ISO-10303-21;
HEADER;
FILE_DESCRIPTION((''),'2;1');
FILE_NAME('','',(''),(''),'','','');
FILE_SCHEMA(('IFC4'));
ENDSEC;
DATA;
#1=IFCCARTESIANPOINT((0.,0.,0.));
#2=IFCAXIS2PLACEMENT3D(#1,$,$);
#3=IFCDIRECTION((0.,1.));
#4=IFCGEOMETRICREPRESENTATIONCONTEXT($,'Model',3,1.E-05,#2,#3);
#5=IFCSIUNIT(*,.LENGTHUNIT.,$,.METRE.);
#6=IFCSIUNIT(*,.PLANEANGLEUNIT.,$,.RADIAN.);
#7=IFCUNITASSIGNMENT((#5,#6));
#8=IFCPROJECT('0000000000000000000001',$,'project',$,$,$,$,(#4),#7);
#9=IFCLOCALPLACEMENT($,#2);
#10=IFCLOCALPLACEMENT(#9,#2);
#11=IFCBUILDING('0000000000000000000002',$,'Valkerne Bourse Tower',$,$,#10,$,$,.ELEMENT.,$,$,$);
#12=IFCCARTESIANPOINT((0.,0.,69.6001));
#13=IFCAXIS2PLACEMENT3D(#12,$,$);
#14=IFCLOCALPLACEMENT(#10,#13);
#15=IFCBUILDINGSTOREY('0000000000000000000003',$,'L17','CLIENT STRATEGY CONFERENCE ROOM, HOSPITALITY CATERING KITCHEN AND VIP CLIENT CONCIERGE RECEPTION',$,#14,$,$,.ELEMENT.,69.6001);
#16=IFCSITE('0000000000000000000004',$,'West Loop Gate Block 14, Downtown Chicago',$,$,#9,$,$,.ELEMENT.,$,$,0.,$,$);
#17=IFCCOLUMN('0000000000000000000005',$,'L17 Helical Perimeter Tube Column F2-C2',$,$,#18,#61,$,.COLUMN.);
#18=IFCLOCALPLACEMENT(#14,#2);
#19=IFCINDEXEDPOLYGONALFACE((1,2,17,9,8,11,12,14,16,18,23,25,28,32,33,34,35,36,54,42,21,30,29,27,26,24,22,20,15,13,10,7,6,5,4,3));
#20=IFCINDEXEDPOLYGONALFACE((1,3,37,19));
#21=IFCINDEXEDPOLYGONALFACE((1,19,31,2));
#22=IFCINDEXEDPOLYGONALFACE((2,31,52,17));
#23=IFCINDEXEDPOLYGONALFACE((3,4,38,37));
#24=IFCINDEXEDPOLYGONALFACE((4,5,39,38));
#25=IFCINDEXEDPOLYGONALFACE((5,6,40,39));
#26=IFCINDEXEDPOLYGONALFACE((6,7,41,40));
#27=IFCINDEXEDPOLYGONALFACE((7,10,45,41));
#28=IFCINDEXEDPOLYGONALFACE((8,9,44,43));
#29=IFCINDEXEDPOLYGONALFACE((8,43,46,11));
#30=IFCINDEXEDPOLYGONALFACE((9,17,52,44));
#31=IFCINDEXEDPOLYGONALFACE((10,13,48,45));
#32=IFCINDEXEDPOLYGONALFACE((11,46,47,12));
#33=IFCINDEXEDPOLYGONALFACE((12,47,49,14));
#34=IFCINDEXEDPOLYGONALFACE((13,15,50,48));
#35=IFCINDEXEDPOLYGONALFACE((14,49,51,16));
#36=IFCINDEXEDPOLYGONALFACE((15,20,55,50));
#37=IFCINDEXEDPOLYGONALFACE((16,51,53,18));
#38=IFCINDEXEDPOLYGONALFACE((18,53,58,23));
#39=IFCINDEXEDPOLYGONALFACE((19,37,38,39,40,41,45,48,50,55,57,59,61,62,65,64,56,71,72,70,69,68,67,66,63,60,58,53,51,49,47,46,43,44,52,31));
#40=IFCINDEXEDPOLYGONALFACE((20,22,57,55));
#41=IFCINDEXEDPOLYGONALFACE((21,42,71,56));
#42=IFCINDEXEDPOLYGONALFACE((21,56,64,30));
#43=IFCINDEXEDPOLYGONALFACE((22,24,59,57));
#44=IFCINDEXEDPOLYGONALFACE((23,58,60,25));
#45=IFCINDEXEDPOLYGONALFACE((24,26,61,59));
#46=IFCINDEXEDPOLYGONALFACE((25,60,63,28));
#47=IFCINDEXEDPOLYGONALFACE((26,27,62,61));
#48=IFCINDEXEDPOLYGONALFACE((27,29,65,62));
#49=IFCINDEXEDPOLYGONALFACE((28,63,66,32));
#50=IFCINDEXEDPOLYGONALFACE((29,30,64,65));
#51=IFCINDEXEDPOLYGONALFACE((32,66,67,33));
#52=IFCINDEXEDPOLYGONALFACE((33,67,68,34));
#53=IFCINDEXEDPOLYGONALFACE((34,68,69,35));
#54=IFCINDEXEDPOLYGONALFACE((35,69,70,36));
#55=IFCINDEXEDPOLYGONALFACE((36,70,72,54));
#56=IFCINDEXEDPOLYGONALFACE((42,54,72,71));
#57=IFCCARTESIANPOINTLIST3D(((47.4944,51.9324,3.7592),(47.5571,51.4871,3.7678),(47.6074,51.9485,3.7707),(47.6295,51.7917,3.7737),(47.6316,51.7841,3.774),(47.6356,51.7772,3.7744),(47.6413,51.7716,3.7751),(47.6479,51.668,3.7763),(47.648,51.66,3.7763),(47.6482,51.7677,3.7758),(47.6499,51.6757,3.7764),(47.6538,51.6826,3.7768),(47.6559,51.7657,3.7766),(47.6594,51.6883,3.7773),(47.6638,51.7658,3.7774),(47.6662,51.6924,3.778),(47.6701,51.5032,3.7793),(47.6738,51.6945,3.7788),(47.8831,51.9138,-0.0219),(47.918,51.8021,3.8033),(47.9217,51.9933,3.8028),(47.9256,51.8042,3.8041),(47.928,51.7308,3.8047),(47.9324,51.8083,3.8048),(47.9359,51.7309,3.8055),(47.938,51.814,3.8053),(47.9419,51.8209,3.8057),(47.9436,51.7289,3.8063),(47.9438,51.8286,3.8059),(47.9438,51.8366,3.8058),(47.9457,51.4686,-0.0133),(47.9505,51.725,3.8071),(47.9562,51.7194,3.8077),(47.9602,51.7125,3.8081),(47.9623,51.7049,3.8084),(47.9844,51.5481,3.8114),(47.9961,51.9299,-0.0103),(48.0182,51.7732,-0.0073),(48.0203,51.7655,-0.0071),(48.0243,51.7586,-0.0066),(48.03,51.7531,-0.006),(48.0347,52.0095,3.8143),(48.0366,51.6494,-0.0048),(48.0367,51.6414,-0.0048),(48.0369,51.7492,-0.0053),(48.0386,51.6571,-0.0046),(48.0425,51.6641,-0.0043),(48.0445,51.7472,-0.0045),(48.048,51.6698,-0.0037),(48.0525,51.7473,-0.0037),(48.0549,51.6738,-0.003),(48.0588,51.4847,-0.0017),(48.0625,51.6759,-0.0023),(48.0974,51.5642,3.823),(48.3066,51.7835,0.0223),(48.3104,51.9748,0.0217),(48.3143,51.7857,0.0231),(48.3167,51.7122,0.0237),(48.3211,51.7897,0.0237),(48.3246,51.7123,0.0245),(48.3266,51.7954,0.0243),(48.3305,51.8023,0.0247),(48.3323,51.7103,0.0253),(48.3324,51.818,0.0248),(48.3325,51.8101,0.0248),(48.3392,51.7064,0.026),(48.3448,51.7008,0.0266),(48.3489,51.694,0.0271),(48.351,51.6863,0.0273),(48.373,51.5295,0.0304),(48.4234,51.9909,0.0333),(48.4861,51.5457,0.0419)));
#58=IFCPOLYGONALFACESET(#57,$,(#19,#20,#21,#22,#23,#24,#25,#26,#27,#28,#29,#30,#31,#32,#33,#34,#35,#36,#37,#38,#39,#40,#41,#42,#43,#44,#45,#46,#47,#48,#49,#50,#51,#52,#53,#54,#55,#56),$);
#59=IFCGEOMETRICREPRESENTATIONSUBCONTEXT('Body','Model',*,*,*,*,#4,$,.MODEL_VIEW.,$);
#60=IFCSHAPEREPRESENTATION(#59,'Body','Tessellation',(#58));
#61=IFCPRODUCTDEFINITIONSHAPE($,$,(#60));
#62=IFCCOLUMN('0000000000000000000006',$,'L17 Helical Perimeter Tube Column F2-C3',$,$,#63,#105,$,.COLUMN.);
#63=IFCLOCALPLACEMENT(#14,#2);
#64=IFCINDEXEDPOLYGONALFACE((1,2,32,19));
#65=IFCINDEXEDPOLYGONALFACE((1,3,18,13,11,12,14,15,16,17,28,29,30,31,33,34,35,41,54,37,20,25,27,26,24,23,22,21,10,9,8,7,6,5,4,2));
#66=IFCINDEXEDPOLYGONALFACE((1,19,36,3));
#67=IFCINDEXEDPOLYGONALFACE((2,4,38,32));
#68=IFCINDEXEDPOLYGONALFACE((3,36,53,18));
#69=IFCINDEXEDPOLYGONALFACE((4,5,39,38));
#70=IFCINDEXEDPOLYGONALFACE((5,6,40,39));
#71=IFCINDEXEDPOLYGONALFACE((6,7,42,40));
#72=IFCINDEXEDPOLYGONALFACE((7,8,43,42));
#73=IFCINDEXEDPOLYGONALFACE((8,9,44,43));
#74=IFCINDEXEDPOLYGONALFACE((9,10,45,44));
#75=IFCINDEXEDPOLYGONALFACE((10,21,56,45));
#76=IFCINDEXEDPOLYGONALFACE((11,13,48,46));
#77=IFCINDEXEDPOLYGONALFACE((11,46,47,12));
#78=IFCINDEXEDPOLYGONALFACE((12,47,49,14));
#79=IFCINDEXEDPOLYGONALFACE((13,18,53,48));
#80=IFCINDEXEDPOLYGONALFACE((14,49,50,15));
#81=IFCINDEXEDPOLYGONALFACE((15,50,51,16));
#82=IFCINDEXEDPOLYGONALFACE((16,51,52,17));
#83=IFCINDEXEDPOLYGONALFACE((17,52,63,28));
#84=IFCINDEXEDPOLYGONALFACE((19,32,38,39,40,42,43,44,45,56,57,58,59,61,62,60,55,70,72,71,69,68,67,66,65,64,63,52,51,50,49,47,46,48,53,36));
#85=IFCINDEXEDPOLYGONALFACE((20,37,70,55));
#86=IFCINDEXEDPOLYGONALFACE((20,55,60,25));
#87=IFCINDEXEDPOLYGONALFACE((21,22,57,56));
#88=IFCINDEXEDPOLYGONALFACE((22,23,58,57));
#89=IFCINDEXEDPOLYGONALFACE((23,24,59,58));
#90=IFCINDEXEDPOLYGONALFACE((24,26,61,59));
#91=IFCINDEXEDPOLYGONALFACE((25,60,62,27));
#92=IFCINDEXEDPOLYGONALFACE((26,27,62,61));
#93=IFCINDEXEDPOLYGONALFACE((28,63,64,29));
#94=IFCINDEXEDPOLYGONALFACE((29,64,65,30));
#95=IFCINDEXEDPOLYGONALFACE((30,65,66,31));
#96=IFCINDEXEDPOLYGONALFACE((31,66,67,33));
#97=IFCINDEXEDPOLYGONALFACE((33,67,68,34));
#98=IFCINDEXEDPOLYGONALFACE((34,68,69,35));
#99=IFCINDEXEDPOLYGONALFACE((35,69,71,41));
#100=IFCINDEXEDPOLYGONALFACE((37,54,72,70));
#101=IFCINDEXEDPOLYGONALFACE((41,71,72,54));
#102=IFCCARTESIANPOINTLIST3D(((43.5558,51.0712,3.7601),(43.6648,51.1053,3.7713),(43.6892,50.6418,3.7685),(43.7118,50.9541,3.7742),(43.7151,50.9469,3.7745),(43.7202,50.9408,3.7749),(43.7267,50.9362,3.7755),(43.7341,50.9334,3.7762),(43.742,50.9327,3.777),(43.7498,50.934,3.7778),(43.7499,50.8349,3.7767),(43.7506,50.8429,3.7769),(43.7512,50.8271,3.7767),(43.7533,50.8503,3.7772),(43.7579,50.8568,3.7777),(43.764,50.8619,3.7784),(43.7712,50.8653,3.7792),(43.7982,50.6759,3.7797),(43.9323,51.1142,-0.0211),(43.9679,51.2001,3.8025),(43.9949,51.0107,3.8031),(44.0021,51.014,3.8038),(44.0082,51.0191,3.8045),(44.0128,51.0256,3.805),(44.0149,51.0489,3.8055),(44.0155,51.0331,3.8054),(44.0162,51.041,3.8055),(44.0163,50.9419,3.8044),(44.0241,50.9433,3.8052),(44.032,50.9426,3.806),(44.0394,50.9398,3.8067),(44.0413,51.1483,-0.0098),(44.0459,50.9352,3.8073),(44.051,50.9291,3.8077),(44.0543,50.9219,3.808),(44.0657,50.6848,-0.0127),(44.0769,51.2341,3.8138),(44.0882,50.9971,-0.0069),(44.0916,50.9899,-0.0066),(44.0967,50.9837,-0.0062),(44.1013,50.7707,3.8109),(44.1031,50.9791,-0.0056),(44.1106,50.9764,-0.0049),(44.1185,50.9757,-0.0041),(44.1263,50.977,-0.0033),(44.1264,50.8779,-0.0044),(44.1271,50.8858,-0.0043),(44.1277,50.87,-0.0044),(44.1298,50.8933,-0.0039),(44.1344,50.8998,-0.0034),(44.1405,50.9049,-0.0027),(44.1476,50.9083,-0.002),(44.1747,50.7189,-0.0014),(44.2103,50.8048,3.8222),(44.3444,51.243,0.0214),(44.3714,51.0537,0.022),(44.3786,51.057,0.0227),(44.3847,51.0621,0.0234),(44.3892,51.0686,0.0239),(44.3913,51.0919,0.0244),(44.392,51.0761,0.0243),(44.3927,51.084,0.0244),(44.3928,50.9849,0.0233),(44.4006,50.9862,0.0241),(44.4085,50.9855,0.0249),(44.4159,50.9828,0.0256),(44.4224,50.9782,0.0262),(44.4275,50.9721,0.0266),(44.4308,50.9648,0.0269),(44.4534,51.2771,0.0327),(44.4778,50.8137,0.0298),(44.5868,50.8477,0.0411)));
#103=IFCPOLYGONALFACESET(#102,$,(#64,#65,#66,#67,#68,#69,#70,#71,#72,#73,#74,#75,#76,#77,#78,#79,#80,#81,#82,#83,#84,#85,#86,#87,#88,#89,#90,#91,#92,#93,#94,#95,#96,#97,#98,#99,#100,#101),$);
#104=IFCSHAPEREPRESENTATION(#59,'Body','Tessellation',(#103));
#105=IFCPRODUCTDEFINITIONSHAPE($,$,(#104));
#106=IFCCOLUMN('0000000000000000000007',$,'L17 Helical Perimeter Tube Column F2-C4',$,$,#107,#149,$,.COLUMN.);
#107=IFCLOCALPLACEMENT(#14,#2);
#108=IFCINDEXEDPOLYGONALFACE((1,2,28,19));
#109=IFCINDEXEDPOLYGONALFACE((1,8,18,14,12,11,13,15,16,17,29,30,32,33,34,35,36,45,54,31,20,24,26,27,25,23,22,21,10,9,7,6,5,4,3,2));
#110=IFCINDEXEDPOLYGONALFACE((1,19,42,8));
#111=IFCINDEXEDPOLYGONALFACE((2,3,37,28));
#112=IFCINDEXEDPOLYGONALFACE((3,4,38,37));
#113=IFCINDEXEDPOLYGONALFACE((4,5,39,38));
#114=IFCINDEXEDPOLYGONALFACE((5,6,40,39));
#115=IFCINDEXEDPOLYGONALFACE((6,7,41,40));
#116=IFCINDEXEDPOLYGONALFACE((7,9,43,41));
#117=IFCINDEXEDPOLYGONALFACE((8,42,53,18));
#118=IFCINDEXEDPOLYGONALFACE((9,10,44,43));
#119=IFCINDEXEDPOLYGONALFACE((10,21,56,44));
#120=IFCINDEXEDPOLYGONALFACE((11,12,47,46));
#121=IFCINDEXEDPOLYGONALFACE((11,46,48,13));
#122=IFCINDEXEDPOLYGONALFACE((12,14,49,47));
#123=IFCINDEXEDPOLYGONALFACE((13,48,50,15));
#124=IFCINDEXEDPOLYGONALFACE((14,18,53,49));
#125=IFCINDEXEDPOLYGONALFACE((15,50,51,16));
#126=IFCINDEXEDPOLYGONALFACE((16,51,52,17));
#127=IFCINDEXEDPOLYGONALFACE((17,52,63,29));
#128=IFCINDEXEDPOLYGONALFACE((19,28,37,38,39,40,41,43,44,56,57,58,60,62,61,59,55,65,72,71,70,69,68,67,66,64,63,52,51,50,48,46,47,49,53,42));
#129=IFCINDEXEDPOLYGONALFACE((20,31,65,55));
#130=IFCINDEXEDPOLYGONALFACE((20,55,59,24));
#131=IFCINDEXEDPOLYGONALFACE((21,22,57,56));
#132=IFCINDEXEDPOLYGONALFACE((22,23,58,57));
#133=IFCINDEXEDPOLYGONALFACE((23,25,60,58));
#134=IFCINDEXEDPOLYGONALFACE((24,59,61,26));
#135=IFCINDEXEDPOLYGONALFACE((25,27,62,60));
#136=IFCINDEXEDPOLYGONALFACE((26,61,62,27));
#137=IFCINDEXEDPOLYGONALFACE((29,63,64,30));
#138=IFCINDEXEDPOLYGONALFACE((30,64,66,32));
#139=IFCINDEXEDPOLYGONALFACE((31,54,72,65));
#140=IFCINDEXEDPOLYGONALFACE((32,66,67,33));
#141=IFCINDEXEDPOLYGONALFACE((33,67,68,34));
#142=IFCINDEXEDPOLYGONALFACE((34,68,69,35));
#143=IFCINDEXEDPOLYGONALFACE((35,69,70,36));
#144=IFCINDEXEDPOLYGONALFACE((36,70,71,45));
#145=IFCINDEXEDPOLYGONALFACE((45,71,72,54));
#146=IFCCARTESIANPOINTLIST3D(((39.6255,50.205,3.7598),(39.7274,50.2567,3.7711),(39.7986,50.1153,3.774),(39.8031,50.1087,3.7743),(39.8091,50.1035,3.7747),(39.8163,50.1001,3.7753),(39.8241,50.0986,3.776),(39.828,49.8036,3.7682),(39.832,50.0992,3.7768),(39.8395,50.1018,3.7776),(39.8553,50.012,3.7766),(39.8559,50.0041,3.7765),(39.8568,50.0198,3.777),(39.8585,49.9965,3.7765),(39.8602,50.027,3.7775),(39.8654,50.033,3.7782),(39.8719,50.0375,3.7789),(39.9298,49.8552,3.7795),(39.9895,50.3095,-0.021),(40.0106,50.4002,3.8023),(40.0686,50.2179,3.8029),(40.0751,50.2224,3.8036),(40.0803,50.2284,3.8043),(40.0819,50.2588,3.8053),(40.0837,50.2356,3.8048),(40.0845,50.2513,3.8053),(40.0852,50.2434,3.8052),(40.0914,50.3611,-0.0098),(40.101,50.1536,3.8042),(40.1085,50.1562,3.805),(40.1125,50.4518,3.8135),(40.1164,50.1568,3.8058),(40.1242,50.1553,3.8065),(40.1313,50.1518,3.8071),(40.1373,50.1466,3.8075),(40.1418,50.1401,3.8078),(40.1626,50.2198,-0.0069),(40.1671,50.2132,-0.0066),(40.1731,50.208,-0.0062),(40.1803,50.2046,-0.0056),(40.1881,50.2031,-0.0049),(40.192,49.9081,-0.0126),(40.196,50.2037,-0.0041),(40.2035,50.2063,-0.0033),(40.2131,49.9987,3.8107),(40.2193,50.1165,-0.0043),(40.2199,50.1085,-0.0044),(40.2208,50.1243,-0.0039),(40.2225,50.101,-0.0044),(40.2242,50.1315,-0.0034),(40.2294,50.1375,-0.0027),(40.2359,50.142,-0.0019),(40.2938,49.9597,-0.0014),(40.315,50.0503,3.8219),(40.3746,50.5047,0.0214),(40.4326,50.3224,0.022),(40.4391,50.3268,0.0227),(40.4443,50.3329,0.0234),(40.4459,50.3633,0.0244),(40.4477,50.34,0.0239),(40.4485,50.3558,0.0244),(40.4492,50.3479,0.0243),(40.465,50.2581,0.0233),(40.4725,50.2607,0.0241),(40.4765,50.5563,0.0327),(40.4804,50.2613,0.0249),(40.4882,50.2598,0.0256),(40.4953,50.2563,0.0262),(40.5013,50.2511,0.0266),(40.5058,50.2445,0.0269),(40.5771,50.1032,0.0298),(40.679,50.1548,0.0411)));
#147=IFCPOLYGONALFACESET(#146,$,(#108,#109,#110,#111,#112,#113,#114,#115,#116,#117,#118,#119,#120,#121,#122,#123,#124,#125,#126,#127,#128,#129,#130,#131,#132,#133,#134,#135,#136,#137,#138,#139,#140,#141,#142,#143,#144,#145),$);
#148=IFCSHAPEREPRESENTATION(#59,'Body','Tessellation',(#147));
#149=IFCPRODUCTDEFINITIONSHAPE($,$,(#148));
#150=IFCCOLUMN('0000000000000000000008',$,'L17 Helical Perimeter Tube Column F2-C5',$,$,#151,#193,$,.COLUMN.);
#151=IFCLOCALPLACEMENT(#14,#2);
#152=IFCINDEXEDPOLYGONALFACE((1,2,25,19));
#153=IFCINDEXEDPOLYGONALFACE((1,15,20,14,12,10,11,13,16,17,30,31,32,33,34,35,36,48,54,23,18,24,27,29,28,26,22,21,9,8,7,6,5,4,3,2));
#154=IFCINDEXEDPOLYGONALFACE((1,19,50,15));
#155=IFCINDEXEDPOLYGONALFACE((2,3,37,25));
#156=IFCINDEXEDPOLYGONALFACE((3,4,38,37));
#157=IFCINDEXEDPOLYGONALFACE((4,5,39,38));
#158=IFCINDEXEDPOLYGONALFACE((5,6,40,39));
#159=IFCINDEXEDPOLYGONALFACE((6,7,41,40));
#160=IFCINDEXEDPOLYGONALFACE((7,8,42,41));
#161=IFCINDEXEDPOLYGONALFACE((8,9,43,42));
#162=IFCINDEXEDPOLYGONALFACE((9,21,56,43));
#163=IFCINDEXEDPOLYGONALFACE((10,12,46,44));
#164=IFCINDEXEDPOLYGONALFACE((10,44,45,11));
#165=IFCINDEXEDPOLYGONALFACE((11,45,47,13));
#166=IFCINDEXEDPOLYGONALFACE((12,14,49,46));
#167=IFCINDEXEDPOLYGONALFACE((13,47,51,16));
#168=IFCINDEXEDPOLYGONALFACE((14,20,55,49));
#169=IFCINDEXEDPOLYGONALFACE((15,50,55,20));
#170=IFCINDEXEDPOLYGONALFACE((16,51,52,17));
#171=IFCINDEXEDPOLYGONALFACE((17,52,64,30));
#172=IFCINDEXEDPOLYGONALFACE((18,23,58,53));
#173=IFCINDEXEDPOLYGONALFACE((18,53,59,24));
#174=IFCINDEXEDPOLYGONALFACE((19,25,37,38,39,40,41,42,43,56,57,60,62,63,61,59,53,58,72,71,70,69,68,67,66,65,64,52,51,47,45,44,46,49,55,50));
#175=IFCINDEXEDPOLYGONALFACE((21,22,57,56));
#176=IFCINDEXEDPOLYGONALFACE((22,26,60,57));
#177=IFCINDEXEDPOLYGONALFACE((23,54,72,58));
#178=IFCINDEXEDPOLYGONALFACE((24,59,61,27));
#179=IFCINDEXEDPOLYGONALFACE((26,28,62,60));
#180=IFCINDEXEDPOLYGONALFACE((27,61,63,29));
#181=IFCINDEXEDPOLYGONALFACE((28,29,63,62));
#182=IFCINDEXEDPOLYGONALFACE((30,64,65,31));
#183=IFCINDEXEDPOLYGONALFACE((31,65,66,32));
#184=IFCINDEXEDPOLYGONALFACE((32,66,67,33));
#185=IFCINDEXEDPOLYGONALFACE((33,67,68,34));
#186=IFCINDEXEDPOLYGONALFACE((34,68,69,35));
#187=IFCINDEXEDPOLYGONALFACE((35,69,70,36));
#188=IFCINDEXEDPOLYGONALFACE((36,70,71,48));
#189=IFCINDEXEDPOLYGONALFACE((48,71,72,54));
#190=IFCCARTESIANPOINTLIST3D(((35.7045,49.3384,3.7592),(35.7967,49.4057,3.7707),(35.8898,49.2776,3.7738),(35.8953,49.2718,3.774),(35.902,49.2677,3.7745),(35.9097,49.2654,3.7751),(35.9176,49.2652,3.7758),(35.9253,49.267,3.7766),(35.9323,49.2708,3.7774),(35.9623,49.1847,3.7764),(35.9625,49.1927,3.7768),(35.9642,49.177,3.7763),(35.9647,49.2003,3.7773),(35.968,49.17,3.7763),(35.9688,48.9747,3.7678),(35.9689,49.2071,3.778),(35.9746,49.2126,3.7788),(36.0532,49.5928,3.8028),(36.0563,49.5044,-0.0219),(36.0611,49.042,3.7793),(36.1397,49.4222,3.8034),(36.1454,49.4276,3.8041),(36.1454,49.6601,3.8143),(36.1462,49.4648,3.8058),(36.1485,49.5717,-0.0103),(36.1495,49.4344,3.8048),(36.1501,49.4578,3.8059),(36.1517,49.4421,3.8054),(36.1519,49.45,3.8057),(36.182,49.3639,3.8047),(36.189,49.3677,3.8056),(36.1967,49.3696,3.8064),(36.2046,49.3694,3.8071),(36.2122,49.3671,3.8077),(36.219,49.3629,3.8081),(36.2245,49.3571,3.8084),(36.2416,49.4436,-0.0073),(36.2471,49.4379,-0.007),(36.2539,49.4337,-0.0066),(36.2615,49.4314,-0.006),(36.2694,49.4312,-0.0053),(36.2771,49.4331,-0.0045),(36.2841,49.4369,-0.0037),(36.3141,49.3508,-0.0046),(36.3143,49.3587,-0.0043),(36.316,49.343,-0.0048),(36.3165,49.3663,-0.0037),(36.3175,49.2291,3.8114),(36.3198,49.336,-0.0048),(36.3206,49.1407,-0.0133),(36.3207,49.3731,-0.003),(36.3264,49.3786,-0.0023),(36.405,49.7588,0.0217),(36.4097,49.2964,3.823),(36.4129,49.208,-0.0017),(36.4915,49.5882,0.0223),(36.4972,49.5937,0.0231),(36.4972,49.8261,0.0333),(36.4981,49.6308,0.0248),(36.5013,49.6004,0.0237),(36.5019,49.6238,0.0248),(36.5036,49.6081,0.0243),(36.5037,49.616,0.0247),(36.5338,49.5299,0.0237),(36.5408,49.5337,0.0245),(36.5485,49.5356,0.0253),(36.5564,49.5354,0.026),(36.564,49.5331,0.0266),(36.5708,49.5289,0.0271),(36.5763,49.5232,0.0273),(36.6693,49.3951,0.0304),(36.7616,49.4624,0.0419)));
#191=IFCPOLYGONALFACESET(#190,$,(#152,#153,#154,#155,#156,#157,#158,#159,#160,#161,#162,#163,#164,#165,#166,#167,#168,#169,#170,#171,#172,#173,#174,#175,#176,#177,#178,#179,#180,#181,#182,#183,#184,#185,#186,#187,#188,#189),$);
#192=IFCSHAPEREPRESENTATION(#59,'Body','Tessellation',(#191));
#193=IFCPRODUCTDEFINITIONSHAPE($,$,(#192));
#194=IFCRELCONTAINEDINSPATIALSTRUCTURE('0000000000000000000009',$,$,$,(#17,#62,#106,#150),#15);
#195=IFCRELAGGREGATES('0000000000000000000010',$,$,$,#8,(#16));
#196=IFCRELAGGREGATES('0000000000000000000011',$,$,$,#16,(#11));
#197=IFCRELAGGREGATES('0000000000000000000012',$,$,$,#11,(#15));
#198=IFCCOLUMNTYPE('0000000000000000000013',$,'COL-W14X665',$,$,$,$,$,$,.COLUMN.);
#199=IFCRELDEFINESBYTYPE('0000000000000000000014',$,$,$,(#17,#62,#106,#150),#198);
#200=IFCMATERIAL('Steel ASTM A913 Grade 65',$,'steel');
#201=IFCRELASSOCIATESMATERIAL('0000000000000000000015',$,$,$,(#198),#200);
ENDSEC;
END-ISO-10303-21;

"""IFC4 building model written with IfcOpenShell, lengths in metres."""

from ifc_helpers import new_model, si_unit, direction, frame, origin, origin_2d, place, context, subcontext, project, spatial, i_section, extrude, material, material_profile, profile_set, type_object, element, save


model = new_model("IFC4")

# Units and contexts
model_context = context("Model", 3, precision=1e-05, world=origin(), true_north=direction((0.0, 1.0)))
body_context = subcontext(model_context, "Body", "Model", "MODEL_VIEW")
ifc_project = project(units=[si_unit("LENGTHUNIT", "METRE"), si_unit("PLANEANGLEUNIT", "RADIAN")], contexts=[model_context])

# Site, building, storey
site_placement = place(None, origin())
site = spatial("IfcSite", under=ifc_project, at=site_placement, Name="West Loop Gate Block 14, Downtown Chicago", CompositionType="ELEMENT", RefElevation=0.0)
building_placement = place(site_placement, origin())
building = spatial("IfcBuilding", under=site, at=building_placement, Name="Valkerne Bourse Tower", CompositionType="ELEMENT")
storey_placement = place(building_placement, frame((0.0, 0.0, 69.6001)))
storey = spatial("IfcBuildingStorey", under=building, at=storey_placement, Name="L17", Description="CLIENT STRATEGY CONFERENCE ROOM, HOSPITALITY CATERING KITCHEN AND VIP CLIENT CONCIERGE RECEPTION", CompositionType="ELEMENT", Elevation=69.6001)

# Columns
ifc_material_1 = material(Name="Steel ASTM A913 Grade 65", Category="steel")
ifc_material_profile_1 = material_profile(ifc_material_1, i_section(OverallWidth=0.4497, OverallDepth=0.5486, WebThickness=0.072, FlangeThickness=0.1147, FilletRadius=0.0305, at=origin_2d()), Name="W14X665")
ifc_profile_set_1 = profile_set([ifc_material_profile_1], Name="Steel ASTM A913 Grade 65")
column_type = type_object("IfcColumnType", Name="COL-W14X665", PredefinedType="COLUMN", material=ifc_profile_set_1)
column_1_placement = place(storey_placement, frame((48.1846, 51.7297, 0.01), z_axis=(-0.102256, 0.004882, 0.994746), x_axis=(-0.139345, 0.990058, -0.019183)))
element("IfcColumn", 1, at=column_1_placement, inside=storey, type_object=column_type, Name="L17 Helical Perimeter Tube Column F2-C2", PredefinedType="COLUMN", context=body_context, shape_type="SweptSolid", body=[
    extrude(i_section(OverallWidth=0.4497, OverallDepth=0.5486, WebThickness=0.072, FlangeThickness=0.1147, FilletRadius=0.0305, at=origin_2d()), origin(), (0.0, 0.0, 1.0), 3.801),
])
column_2_placement = place(storey_placement, frame((44.2595, 50.981, 0.01), z_axis=(-0.099071, -0.011308, 0.995016), x_axis=(-0.296637, 0.954807, -0.018685)))
element("IfcColumn", 2, at=column_2_placement, inside=storey, type_object=column_type, Name="L17 Helical Perimeter Tube Column F2-C3", PredefinedType="COLUMN", context=body_context, shape_type="SweptSolid", body=[
    extrude(i_section(OverallWidth=0.4497, OverallDepth=0.5486, WebThickness=0.072, FlangeThickness=0.1147, FilletRadius=0.0305, at=origin_2d()), origin(), (0.0, 0.0, 1.0), 3.8),
])
column_3_placement = place(storey_placement, frame((40.3342, 50.2322, 0.01), z_axis=(-0.095795, -0.027498, 0.995021), x_axis=(-0.450237, 0.892714, -0.018675)))
element("IfcColumn", 3, at=column_3_placement, inside=storey, type_object=column_type, Name="L17 Helical Perimeter Tube Column F2-C4", PredefinedType="COLUMN", context=body_context, shape_type="SweptSolid", body=[
    extrude(i_section(OverallWidth=0.4497, OverallDepth=0.5486, WebThickness=0.072, FlangeThickness=0.1147, FilletRadius=0.0305, at=origin_2d()), origin(), (0.0, 0.0, 1.0), 3.7998),
])
column_4_placement = place(storey_placement, frame((36.4089, 49.4834, 0.01), z_axis=(-0.092557, -0.043677, 0.994749), x_axis=(-0.587776, 0.808797, -0.019178)))
element("IfcColumn", 4, at=column_4_placement, inside=storey, type_object=column_type, Name="L17 Helical Perimeter Tube Column F2-C5", PredefinedType="COLUMN", context=body_context, shape_type="SweptSolid", body=[
    extrude(i_section(OverallWidth=0.4497, OverallDepth=0.5486, WebThickness=0.072, FlangeThickness=0.1147, FilletRadius=0.0305, at=origin_2d()), origin(), (0.0, 0.0, 1.0), 3.801),
])

save(model, "model.ifc")
